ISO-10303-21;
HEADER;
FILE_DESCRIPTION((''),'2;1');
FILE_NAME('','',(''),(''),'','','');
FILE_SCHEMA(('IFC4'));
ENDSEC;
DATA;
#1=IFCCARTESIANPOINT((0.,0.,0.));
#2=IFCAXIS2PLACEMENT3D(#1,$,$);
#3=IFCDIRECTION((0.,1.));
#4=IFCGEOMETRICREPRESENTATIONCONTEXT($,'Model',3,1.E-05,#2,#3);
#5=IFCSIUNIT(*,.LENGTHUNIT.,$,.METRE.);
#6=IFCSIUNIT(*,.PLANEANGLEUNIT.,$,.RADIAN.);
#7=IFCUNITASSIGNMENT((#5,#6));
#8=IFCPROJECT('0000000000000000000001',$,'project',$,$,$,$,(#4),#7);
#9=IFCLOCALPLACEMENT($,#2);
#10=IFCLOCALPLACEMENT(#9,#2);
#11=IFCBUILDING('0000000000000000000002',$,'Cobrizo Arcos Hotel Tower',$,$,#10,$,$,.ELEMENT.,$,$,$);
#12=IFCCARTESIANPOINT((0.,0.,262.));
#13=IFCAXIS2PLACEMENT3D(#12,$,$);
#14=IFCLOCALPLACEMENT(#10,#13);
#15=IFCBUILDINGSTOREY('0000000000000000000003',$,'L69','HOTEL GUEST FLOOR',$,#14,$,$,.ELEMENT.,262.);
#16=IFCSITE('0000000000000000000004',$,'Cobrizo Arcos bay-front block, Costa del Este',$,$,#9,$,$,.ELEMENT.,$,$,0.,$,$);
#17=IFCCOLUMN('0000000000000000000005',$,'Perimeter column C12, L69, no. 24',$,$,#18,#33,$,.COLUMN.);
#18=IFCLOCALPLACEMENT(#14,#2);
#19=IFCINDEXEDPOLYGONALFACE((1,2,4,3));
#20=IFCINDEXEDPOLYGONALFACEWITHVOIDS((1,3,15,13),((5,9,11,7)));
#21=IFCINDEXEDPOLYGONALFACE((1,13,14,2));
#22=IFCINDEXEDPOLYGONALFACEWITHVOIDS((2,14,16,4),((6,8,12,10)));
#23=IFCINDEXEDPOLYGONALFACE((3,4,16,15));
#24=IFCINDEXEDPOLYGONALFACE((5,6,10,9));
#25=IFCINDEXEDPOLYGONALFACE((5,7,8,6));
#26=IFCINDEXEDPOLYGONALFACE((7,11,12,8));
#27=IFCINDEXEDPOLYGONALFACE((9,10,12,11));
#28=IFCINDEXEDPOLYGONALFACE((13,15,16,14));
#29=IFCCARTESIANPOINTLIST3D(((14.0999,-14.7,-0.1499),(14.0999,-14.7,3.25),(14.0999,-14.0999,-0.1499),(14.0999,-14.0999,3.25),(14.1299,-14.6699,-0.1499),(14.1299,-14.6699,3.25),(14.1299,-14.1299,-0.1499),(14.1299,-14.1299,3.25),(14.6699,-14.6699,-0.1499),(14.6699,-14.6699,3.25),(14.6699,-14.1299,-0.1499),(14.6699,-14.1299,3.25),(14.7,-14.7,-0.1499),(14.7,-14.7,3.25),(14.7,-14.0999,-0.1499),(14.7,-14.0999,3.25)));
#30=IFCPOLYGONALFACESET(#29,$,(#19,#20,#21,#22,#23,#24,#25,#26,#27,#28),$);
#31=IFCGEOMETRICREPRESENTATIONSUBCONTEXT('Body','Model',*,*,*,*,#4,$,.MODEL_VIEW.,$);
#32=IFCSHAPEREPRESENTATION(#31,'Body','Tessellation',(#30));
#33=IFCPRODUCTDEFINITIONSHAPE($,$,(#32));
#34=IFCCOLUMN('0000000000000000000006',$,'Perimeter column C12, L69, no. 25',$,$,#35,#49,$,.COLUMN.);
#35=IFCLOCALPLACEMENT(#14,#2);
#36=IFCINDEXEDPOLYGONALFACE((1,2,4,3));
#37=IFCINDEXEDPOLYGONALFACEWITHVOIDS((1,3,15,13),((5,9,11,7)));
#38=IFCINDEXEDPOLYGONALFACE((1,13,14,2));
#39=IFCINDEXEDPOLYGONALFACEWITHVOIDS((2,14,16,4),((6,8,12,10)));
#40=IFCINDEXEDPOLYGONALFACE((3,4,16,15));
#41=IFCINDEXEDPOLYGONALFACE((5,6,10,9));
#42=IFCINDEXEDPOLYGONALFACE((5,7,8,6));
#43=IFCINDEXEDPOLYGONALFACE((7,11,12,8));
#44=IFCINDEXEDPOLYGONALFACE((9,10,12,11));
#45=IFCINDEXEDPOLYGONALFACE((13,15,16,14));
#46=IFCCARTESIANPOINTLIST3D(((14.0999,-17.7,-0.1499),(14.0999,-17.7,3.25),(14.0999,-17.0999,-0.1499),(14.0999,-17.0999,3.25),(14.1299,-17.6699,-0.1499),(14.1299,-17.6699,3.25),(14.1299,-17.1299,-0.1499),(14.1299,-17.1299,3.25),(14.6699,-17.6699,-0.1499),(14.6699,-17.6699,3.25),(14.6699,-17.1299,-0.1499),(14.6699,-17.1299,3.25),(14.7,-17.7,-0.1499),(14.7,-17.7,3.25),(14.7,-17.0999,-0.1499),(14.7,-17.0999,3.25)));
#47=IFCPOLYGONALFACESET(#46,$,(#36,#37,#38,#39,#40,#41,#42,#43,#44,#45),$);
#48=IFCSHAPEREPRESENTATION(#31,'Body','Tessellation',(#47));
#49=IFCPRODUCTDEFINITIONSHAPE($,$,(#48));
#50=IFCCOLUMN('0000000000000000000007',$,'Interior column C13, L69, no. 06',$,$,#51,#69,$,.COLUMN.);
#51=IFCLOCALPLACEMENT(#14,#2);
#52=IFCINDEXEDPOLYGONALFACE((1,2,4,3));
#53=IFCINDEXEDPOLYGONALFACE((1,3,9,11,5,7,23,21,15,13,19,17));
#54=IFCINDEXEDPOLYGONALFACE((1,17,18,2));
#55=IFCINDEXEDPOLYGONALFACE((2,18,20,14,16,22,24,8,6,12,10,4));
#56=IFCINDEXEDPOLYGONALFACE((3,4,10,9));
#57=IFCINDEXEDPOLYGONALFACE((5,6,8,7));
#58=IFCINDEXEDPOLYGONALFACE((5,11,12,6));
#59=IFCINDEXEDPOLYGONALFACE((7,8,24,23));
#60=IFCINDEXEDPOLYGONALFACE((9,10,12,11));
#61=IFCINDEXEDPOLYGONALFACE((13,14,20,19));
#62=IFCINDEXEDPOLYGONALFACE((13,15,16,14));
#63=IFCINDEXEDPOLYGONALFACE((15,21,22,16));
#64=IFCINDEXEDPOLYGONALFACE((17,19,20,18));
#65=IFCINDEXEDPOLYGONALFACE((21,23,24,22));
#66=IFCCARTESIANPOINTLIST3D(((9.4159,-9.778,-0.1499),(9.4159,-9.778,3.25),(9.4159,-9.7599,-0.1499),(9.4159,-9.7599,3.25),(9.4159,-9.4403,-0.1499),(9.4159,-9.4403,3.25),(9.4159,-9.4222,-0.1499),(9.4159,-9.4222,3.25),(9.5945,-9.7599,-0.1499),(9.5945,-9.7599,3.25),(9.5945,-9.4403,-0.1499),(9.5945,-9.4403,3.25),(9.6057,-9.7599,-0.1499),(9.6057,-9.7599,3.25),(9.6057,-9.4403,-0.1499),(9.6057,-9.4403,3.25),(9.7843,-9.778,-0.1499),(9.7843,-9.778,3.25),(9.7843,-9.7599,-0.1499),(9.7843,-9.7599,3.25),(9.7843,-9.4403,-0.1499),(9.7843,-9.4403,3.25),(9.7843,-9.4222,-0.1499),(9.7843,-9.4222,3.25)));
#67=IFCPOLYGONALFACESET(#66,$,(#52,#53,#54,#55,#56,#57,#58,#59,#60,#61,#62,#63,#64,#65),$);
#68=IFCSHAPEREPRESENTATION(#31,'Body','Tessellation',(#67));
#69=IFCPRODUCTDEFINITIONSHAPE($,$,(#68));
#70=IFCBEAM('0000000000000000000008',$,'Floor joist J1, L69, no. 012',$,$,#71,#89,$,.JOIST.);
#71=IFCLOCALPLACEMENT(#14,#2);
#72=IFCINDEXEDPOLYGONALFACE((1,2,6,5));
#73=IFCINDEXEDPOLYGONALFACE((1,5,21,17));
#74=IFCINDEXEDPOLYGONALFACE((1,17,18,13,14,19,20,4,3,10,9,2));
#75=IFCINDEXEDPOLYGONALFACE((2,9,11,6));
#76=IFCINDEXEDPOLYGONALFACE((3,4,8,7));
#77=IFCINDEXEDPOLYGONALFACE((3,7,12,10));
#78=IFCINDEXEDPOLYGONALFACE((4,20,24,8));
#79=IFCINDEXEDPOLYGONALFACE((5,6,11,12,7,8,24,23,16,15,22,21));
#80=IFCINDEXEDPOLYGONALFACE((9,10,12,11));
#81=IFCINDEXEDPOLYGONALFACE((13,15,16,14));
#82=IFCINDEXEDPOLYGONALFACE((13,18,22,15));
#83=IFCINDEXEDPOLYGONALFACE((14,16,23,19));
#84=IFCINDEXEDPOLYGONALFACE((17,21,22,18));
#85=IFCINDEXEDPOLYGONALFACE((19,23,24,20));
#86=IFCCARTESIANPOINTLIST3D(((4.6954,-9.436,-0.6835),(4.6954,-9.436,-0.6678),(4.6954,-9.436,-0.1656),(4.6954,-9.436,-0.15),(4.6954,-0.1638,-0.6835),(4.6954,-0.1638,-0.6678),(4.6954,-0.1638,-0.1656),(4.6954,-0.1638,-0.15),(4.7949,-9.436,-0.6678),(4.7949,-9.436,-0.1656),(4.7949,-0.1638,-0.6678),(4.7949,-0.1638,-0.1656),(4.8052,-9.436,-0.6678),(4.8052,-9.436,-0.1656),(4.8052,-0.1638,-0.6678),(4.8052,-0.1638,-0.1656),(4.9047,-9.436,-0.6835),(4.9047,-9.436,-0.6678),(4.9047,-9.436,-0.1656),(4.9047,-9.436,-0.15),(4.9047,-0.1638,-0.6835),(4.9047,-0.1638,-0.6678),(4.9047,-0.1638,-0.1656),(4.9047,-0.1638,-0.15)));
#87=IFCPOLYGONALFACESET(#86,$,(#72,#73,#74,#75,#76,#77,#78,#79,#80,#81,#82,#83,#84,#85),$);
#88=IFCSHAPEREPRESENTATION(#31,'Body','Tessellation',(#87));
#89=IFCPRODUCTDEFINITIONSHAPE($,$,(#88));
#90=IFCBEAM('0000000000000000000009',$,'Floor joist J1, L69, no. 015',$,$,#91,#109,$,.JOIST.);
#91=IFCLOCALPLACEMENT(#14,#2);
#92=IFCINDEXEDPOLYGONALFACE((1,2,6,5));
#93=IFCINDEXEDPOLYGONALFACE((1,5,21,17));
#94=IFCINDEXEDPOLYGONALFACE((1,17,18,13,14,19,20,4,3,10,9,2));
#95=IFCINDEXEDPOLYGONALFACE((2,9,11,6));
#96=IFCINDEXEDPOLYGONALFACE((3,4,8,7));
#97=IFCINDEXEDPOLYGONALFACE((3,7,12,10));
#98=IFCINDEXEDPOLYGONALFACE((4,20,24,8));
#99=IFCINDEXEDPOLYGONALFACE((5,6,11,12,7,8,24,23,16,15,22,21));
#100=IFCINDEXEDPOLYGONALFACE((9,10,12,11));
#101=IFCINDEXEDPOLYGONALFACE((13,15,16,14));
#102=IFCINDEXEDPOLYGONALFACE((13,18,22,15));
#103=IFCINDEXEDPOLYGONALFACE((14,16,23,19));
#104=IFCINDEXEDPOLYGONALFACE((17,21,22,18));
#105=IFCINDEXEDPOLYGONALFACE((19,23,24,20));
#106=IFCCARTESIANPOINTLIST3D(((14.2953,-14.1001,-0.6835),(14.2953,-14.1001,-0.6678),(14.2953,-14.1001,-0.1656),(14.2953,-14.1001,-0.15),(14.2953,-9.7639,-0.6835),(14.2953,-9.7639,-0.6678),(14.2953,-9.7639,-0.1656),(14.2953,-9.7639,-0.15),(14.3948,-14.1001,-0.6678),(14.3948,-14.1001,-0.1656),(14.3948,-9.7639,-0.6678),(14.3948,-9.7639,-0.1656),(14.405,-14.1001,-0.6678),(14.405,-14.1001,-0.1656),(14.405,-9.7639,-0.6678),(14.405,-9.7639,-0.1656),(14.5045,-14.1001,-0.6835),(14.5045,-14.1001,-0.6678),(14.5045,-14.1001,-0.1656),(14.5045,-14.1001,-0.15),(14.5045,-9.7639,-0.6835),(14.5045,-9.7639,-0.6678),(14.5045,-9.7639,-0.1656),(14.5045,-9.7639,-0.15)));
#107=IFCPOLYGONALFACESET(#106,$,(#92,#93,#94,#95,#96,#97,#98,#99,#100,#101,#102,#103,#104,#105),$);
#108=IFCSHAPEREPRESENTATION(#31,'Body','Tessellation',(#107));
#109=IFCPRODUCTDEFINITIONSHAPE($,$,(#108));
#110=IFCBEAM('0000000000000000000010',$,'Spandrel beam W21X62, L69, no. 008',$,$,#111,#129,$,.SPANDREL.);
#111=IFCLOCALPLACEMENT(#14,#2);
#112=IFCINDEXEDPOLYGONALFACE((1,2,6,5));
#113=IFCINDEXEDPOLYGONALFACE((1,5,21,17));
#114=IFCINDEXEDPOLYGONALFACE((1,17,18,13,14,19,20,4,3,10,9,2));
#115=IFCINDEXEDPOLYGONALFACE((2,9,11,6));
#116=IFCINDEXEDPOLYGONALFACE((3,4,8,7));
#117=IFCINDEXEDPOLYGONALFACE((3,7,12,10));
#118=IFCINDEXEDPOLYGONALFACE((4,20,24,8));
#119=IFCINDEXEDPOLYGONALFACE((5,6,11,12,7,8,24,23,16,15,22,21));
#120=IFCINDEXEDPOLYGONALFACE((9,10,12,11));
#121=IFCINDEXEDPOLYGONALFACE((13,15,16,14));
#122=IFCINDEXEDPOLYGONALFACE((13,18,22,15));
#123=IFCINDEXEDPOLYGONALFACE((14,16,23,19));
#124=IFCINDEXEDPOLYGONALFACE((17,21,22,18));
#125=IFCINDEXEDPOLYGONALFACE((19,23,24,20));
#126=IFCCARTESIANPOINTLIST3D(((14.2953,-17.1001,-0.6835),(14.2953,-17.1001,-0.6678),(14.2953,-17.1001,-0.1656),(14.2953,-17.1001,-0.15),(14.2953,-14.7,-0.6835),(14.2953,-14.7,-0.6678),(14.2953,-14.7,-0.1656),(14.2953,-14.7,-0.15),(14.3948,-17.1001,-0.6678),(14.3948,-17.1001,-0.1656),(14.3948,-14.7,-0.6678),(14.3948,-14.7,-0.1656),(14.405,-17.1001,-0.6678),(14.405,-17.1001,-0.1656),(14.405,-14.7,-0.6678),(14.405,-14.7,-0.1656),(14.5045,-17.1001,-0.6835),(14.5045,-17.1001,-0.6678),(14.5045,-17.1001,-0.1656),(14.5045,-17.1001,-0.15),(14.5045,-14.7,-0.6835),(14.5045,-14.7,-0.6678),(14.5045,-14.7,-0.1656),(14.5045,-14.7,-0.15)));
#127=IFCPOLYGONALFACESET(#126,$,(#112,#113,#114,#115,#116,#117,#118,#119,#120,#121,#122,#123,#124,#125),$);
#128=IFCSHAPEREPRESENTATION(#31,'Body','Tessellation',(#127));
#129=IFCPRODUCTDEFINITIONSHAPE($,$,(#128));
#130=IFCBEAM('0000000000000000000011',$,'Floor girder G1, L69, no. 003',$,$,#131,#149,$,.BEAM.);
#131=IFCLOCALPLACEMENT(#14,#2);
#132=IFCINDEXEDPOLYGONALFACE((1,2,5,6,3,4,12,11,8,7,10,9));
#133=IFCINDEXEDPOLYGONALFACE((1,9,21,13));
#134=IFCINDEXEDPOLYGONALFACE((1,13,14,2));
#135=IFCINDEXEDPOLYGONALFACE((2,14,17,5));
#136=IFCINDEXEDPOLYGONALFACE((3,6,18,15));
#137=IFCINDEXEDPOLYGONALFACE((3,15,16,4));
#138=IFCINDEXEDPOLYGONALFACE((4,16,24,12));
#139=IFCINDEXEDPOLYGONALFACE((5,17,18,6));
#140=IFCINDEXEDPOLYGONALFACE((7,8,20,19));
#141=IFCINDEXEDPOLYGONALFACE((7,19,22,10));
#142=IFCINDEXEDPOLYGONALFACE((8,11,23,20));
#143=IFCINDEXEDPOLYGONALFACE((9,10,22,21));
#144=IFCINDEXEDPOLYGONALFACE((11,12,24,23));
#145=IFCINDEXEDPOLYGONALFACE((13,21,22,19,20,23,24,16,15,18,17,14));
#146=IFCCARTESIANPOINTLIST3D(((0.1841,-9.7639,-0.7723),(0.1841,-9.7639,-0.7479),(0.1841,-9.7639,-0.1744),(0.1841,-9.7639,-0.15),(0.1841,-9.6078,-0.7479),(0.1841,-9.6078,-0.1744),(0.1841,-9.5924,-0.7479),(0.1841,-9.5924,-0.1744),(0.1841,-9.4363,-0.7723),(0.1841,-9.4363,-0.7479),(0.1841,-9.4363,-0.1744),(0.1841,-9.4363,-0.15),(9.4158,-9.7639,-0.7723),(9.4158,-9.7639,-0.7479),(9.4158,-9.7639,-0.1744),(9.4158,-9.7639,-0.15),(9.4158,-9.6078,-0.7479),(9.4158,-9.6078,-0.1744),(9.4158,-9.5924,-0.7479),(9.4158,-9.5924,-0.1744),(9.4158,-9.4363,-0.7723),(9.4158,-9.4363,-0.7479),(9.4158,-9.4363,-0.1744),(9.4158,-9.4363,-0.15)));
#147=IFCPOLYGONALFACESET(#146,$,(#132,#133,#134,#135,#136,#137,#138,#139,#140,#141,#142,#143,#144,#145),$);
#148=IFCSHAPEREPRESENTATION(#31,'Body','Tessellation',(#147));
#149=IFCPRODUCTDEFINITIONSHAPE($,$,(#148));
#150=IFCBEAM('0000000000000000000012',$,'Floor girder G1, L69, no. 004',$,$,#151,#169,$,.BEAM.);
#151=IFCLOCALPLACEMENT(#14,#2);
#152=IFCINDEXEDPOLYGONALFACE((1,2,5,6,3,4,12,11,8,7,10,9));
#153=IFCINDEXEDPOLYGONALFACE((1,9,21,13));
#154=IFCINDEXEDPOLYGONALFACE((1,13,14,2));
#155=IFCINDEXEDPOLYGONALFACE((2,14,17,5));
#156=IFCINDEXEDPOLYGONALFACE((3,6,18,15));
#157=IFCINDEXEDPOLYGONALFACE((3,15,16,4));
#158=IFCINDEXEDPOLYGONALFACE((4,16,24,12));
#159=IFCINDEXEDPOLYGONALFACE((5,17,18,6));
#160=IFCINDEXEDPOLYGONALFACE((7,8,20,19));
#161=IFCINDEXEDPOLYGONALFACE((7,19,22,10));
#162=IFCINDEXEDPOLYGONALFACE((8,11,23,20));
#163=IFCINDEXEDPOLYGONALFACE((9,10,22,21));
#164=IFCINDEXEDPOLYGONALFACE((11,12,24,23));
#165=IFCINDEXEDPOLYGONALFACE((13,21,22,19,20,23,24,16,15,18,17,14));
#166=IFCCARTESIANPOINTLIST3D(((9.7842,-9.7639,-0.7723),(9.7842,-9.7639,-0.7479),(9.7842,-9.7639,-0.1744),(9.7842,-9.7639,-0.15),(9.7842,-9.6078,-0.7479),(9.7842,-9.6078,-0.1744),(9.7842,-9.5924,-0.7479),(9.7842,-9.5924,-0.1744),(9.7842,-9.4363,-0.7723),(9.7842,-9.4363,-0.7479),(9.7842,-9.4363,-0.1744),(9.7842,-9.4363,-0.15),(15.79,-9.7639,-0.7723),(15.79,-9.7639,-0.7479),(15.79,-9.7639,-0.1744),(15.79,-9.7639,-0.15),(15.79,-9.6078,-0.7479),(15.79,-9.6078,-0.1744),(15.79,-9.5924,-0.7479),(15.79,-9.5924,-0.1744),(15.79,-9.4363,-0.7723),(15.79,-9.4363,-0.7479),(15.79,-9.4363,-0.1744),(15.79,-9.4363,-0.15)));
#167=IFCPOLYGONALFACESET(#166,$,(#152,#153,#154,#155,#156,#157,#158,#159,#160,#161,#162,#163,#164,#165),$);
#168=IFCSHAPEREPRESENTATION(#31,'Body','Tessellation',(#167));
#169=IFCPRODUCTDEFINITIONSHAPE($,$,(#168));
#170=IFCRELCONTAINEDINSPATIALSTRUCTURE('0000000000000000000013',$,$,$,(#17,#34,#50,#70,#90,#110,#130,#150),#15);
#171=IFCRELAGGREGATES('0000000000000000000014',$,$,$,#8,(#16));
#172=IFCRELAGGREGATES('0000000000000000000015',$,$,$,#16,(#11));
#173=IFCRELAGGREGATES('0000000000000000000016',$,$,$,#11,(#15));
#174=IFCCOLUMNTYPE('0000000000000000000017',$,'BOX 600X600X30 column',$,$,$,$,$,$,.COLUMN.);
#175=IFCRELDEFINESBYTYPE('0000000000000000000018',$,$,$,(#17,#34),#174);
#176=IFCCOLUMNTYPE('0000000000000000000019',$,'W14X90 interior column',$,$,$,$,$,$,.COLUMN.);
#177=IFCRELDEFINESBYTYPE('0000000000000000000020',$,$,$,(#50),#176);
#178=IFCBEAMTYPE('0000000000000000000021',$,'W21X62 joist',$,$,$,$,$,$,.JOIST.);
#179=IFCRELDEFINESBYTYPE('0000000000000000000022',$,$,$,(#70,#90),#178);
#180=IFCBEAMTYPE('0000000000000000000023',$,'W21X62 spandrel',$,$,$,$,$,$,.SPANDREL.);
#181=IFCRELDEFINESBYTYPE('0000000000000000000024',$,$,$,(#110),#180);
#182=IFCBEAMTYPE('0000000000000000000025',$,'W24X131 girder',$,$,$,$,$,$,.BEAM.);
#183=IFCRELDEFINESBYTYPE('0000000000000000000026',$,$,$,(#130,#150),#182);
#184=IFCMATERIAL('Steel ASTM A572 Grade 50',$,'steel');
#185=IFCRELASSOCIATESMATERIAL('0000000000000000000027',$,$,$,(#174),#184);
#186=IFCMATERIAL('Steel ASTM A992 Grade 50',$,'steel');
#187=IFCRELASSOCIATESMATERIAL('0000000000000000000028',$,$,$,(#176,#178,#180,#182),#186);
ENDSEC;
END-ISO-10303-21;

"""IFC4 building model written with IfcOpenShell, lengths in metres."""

from ifc_helpers import new_model, si_unit, direction, frame, origin, origin_2d, place, context, subcontext, project, spatial, hollow_rectangle, i_section, extrude, material, material_profile, profile_set, type_object, element, save


model = new_model("IFC4")

# Units and contexts
model_context = context("Model", 3, precision=1e-05, world=origin(), true_north=direction((0.0, 1.0)))
body_context = subcontext(model_context, "Body", "Model", "MODEL_VIEW")
ifc_project = project(units=[si_unit("LENGTHUNIT", "METRE"), si_unit("PLANEANGLEUNIT", "RADIAN")], contexts=[model_context])

# Site, building, storey
site_placement = place(None, origin())
site = spatial("IfcSite", under=ifc_project, at=site_placement, Name="Cobrizo Arcos bay-front block, Costa del Este", CompositionType="ELEMENT", RefElevation=0.0)
building_placement = place(site_placement, origin())
building = spatial("IfcBuilding", under=site, at=building_placement, Name="Cobrizo Arcos Hotel Tower", CompositionType="ELEMENT")
storey_placement = place(building_placement, frame((0.0, 0.0, 262.0)))
storey = spatial("IfcBuildingStorey", under=building, at=storey_placement, Name="L69", Description="HOTEL GUEST FLOOR", CompositionType="ELEMENT", Elevation=262.0)

# Columns
ifc_material_1 = material(Name="Steel ASTM A572 Grade 50", Category="steel")
ifc_material_profile_1 = material_profile(ifc_material_1, hollow_rectangle(XDim=0.6001, YDim=0.6001, WallThickness=0.03, at=origin_2d()), Name="BOX 600X600X30")
ifc_profile_set_1 = profile_set([ifc_material_profile_1], Name="Steel ASTM A572 Grade 50")
column_type_1 = type_object("IfcColumnType", Name="BOX 600X600X30 column", PredefinedType="COLUMN", material=ifc_profile_set_1)
for number, where, z_axis, x_axis, name in (
    (1, (14.3999, -14.3999, -0.1499), (0.0, 0.0, 1.0), (1.0, 0.0, 0.0), "Perimeter column C12, L69, no. 24"),
    (2, (14.3999, -17.3999, -0.1499), (0.0, 0.0, 1.0), (1.0, 0.0, 0.0), "Perimeter column C12, L69, no. 25"),
):
    element("IfcColumn", number, at=place(storey_placement, frame(where, z_axis=z_axis, x_axis=x_axis)), inside=storey, type_object=column_type_1, Name=name, PredefinedType="COLUMN", context=body_context, shape_type="SweptSolid", body=[
        extrude(hollow_rectangle(XDim=0.6001, YDim=0.6001, WallThickness=0.03, at=origin_2d()), origin(), (0.0, 0.0, 1.0), 3.3999),
    ])
ifc_material_2 = material(Name="Steel ASTM A992 Grade 50", Category="steel")
ifc_material_profile_2 = material_profile(ifc_material_2, i_section(OverallWidth=0.3684, OverallDepth=0.3557, WebThickness=0.0112, FlangeThickness=0.0181, at=origin_2d()), Name="W14X90")
ifc_profile_set_2 = profile_set([ifc_material_profile_2], Name="Steel ASTM A992 Grade 50")
column_type_2 = type_object("IfcColumnType", Name="W14X90 interior column", PredefinedType="COLUMN", material=ifc_profile_set_2)
column_placement = place(storey_placement, frame((9.6001, -9.6001, -0.1499), z_axis=(0.0, 0.0, 1.0), x_axis=(1.0, 0.0, 0.0)))
element("IfcColumn", 3, at=column_placement, inside=storey, type_object=column_type_2, Name="Interior column C13, L69, no. 06", PredefinedType="COLUMN", context=body_context, shape_type="SweptSolid", body=[
    extrude(i_section(OverallWidth=0.3684, OverallDepth=0.3557, WebThickness=0.0112, FlangeThickness=0.0181, at=origin_2d()), origin(), (0.0, 0.0, 1.0), 3.3999),
])

# Beams
ifc_material_profile_3 = material_profile(ifc_material_2, i_section(OverallWidth=0.2092, OverallDepth=0.5334, WebThickness=0.0103, FlangeThickness=0.0156, at=origin_2d()), Name="W21X62")
ifc_profile_set_3 = profile_set([ifc_material_profile_3], Name="Steel ASTM A992 Grade 50")
beam_type_1 = type_object("IfcBeamType", Name="W21X62 joist", PredefinedType="JOIST", material=ifc_profile_set_3)
beam_1_placement = place(storey_placement, frame((4.8, -9.436, -0.4167), z_axis=(0.0, 1.0, 0.0), x_axis=(-1.0, 0.0, 0.0)))
element("IfcBeam", 4, at=beam_1_placement, inside=storey, type_object=beam_type_1, Name="Floor joist J1, L69, no. 012", PredefinedType="JOIST", context=body_context, shape_type="SweptSolid", body=[
    extrude(i_section(OverallWidth=0.2092, OverallDepth=0.5334, WebThickness=0.0103, FlangeThickness=0.0156, at=origin_2d()), origin(), (0.0, 0.0, 1.0), 9.2722),
])
beam_2_placement = place(storey_placement, frame((14.3999, -14.1001, -0.4167), z_axis=(0.0, 1.0, 0.0), x_axis=(-1.0, 0.0, 0.0)))
element("IfcBeam", 5, at=beam_2_placement, inside=storey, type_object=beam_type_1, Name="Floor joist J1, L69, no. 015", PredefinedType="JOIST", context=body_context, shape_type="SweptSolid", body=[
    extrude(i_section(OverallWidth=0.2092, OverallDepth=0.5334, WebThickness=0.0103, FlangeThickness=0.0156, at=origin_2d()), origin(), (0.0, 0.0, 1.0), 4.3362),
])
ifc_material_profile_4 = material_profile(ifc_material_2, i_section(OverallWidth=0.2092, OverallDepth=0.5334, WebThickness=0.0103, FlangeThickness=0.0156, at=origin_2d()), Name="W21X62")
ifc_profile_set_4 = profile_set([ifc_material_profile_4], Name="Steel ASTM A992 Grade 50")
beam_type_2 = type_object("IfcBeamType", Name="W21X62 spandrel", PredefinedType="SPANDREL", material=ifc_profile_set_4)
beam_3_placement = place(storey_placement, frame((14.3999, -17.1001, -0.4167), z_axis=(0.0, 1.0, 0.0), x_axis=(-1.0, 0.0, 0.0)))
element("IfcBeam", 6, at=beam_3_placement, inside=storey, type_object=beam_type_2, Name="Spandrel beam W21X62, L69, no. 008", PredefinedType="SPANDREL", context=body_context, shape_type="SweptSolid", body=[
    extrude(i_section(OverallWidth=0.2092, OverallDepth=0.5334, WebThickness=0.0103, FlangeThickness=0.0156, at=origin_2d()), origin(), (0.0, 0.0, 1.0), 2.4001),
])
ifc_material_profile_5 = material_profile(ifc_material_2, i_section(OverallWidth=0.3276, OverallDepth=0.6223, WebThickness=0.0154, FlangeThickness=0.0244, at=origin_2d()), Name="W24X131")
ifc_profile_set_5 = profile_set([ifc_material_profile_5], Name="Steel ASTM A992 Grade 50")
beam_type_3 = type_object("IfcBeamType", Name="W24X131 girder", PredefinedType="BEAM", material=ifc_profile_set_5)
beam_4_placement = place(storey_placement, frame((0.1841, -9.6001, -0.4612), z_axis=(1.0, 0.0, 0.0), x_axis=(0.0, 1.0, 0.0)))
element("IfcBeam", 7, at=beam_4_placement, inside=storey, type_object=beam_type_3, Name="Floor girder G1, L69, no. 003", PredefinedType="BEAM", context=body_context, shape_type="SweptSolid", body=[
    extrude(i_section(OverallWidth=0.3276, OverallDepth=0.6223, WebThickness=0.0154, FlangeThickness=0.0244, at=origin_2d()), origin(), (0.0, 0.0, 1.0), 9.2317),
])
beam_5_placement = place(storey_placement, frame((9.7842, -9.6001, -0.4612), z_axis=(1.0, 0.0, 0.0), x_axis=(0.0, 1.0, 0.0)))
element("IfcBeam", 8, at=beam_5_placement, inside=storey, type_object=beam_type_3, Name="Floor girder G1, L69, no. 004", PredefinedType="BEAM", context=body_context, shape_type="SweptSolid", body=[
    extrude(i_section(OverallWidth=0.3276, OverallDepth=0.6223, WebThickness=0.0154, FlangeThickness=0.0244, at=origin_2d()), origin(), (0.0, 0.0, 1.0), 6.0059),
])

save(model, "model.ifc")
